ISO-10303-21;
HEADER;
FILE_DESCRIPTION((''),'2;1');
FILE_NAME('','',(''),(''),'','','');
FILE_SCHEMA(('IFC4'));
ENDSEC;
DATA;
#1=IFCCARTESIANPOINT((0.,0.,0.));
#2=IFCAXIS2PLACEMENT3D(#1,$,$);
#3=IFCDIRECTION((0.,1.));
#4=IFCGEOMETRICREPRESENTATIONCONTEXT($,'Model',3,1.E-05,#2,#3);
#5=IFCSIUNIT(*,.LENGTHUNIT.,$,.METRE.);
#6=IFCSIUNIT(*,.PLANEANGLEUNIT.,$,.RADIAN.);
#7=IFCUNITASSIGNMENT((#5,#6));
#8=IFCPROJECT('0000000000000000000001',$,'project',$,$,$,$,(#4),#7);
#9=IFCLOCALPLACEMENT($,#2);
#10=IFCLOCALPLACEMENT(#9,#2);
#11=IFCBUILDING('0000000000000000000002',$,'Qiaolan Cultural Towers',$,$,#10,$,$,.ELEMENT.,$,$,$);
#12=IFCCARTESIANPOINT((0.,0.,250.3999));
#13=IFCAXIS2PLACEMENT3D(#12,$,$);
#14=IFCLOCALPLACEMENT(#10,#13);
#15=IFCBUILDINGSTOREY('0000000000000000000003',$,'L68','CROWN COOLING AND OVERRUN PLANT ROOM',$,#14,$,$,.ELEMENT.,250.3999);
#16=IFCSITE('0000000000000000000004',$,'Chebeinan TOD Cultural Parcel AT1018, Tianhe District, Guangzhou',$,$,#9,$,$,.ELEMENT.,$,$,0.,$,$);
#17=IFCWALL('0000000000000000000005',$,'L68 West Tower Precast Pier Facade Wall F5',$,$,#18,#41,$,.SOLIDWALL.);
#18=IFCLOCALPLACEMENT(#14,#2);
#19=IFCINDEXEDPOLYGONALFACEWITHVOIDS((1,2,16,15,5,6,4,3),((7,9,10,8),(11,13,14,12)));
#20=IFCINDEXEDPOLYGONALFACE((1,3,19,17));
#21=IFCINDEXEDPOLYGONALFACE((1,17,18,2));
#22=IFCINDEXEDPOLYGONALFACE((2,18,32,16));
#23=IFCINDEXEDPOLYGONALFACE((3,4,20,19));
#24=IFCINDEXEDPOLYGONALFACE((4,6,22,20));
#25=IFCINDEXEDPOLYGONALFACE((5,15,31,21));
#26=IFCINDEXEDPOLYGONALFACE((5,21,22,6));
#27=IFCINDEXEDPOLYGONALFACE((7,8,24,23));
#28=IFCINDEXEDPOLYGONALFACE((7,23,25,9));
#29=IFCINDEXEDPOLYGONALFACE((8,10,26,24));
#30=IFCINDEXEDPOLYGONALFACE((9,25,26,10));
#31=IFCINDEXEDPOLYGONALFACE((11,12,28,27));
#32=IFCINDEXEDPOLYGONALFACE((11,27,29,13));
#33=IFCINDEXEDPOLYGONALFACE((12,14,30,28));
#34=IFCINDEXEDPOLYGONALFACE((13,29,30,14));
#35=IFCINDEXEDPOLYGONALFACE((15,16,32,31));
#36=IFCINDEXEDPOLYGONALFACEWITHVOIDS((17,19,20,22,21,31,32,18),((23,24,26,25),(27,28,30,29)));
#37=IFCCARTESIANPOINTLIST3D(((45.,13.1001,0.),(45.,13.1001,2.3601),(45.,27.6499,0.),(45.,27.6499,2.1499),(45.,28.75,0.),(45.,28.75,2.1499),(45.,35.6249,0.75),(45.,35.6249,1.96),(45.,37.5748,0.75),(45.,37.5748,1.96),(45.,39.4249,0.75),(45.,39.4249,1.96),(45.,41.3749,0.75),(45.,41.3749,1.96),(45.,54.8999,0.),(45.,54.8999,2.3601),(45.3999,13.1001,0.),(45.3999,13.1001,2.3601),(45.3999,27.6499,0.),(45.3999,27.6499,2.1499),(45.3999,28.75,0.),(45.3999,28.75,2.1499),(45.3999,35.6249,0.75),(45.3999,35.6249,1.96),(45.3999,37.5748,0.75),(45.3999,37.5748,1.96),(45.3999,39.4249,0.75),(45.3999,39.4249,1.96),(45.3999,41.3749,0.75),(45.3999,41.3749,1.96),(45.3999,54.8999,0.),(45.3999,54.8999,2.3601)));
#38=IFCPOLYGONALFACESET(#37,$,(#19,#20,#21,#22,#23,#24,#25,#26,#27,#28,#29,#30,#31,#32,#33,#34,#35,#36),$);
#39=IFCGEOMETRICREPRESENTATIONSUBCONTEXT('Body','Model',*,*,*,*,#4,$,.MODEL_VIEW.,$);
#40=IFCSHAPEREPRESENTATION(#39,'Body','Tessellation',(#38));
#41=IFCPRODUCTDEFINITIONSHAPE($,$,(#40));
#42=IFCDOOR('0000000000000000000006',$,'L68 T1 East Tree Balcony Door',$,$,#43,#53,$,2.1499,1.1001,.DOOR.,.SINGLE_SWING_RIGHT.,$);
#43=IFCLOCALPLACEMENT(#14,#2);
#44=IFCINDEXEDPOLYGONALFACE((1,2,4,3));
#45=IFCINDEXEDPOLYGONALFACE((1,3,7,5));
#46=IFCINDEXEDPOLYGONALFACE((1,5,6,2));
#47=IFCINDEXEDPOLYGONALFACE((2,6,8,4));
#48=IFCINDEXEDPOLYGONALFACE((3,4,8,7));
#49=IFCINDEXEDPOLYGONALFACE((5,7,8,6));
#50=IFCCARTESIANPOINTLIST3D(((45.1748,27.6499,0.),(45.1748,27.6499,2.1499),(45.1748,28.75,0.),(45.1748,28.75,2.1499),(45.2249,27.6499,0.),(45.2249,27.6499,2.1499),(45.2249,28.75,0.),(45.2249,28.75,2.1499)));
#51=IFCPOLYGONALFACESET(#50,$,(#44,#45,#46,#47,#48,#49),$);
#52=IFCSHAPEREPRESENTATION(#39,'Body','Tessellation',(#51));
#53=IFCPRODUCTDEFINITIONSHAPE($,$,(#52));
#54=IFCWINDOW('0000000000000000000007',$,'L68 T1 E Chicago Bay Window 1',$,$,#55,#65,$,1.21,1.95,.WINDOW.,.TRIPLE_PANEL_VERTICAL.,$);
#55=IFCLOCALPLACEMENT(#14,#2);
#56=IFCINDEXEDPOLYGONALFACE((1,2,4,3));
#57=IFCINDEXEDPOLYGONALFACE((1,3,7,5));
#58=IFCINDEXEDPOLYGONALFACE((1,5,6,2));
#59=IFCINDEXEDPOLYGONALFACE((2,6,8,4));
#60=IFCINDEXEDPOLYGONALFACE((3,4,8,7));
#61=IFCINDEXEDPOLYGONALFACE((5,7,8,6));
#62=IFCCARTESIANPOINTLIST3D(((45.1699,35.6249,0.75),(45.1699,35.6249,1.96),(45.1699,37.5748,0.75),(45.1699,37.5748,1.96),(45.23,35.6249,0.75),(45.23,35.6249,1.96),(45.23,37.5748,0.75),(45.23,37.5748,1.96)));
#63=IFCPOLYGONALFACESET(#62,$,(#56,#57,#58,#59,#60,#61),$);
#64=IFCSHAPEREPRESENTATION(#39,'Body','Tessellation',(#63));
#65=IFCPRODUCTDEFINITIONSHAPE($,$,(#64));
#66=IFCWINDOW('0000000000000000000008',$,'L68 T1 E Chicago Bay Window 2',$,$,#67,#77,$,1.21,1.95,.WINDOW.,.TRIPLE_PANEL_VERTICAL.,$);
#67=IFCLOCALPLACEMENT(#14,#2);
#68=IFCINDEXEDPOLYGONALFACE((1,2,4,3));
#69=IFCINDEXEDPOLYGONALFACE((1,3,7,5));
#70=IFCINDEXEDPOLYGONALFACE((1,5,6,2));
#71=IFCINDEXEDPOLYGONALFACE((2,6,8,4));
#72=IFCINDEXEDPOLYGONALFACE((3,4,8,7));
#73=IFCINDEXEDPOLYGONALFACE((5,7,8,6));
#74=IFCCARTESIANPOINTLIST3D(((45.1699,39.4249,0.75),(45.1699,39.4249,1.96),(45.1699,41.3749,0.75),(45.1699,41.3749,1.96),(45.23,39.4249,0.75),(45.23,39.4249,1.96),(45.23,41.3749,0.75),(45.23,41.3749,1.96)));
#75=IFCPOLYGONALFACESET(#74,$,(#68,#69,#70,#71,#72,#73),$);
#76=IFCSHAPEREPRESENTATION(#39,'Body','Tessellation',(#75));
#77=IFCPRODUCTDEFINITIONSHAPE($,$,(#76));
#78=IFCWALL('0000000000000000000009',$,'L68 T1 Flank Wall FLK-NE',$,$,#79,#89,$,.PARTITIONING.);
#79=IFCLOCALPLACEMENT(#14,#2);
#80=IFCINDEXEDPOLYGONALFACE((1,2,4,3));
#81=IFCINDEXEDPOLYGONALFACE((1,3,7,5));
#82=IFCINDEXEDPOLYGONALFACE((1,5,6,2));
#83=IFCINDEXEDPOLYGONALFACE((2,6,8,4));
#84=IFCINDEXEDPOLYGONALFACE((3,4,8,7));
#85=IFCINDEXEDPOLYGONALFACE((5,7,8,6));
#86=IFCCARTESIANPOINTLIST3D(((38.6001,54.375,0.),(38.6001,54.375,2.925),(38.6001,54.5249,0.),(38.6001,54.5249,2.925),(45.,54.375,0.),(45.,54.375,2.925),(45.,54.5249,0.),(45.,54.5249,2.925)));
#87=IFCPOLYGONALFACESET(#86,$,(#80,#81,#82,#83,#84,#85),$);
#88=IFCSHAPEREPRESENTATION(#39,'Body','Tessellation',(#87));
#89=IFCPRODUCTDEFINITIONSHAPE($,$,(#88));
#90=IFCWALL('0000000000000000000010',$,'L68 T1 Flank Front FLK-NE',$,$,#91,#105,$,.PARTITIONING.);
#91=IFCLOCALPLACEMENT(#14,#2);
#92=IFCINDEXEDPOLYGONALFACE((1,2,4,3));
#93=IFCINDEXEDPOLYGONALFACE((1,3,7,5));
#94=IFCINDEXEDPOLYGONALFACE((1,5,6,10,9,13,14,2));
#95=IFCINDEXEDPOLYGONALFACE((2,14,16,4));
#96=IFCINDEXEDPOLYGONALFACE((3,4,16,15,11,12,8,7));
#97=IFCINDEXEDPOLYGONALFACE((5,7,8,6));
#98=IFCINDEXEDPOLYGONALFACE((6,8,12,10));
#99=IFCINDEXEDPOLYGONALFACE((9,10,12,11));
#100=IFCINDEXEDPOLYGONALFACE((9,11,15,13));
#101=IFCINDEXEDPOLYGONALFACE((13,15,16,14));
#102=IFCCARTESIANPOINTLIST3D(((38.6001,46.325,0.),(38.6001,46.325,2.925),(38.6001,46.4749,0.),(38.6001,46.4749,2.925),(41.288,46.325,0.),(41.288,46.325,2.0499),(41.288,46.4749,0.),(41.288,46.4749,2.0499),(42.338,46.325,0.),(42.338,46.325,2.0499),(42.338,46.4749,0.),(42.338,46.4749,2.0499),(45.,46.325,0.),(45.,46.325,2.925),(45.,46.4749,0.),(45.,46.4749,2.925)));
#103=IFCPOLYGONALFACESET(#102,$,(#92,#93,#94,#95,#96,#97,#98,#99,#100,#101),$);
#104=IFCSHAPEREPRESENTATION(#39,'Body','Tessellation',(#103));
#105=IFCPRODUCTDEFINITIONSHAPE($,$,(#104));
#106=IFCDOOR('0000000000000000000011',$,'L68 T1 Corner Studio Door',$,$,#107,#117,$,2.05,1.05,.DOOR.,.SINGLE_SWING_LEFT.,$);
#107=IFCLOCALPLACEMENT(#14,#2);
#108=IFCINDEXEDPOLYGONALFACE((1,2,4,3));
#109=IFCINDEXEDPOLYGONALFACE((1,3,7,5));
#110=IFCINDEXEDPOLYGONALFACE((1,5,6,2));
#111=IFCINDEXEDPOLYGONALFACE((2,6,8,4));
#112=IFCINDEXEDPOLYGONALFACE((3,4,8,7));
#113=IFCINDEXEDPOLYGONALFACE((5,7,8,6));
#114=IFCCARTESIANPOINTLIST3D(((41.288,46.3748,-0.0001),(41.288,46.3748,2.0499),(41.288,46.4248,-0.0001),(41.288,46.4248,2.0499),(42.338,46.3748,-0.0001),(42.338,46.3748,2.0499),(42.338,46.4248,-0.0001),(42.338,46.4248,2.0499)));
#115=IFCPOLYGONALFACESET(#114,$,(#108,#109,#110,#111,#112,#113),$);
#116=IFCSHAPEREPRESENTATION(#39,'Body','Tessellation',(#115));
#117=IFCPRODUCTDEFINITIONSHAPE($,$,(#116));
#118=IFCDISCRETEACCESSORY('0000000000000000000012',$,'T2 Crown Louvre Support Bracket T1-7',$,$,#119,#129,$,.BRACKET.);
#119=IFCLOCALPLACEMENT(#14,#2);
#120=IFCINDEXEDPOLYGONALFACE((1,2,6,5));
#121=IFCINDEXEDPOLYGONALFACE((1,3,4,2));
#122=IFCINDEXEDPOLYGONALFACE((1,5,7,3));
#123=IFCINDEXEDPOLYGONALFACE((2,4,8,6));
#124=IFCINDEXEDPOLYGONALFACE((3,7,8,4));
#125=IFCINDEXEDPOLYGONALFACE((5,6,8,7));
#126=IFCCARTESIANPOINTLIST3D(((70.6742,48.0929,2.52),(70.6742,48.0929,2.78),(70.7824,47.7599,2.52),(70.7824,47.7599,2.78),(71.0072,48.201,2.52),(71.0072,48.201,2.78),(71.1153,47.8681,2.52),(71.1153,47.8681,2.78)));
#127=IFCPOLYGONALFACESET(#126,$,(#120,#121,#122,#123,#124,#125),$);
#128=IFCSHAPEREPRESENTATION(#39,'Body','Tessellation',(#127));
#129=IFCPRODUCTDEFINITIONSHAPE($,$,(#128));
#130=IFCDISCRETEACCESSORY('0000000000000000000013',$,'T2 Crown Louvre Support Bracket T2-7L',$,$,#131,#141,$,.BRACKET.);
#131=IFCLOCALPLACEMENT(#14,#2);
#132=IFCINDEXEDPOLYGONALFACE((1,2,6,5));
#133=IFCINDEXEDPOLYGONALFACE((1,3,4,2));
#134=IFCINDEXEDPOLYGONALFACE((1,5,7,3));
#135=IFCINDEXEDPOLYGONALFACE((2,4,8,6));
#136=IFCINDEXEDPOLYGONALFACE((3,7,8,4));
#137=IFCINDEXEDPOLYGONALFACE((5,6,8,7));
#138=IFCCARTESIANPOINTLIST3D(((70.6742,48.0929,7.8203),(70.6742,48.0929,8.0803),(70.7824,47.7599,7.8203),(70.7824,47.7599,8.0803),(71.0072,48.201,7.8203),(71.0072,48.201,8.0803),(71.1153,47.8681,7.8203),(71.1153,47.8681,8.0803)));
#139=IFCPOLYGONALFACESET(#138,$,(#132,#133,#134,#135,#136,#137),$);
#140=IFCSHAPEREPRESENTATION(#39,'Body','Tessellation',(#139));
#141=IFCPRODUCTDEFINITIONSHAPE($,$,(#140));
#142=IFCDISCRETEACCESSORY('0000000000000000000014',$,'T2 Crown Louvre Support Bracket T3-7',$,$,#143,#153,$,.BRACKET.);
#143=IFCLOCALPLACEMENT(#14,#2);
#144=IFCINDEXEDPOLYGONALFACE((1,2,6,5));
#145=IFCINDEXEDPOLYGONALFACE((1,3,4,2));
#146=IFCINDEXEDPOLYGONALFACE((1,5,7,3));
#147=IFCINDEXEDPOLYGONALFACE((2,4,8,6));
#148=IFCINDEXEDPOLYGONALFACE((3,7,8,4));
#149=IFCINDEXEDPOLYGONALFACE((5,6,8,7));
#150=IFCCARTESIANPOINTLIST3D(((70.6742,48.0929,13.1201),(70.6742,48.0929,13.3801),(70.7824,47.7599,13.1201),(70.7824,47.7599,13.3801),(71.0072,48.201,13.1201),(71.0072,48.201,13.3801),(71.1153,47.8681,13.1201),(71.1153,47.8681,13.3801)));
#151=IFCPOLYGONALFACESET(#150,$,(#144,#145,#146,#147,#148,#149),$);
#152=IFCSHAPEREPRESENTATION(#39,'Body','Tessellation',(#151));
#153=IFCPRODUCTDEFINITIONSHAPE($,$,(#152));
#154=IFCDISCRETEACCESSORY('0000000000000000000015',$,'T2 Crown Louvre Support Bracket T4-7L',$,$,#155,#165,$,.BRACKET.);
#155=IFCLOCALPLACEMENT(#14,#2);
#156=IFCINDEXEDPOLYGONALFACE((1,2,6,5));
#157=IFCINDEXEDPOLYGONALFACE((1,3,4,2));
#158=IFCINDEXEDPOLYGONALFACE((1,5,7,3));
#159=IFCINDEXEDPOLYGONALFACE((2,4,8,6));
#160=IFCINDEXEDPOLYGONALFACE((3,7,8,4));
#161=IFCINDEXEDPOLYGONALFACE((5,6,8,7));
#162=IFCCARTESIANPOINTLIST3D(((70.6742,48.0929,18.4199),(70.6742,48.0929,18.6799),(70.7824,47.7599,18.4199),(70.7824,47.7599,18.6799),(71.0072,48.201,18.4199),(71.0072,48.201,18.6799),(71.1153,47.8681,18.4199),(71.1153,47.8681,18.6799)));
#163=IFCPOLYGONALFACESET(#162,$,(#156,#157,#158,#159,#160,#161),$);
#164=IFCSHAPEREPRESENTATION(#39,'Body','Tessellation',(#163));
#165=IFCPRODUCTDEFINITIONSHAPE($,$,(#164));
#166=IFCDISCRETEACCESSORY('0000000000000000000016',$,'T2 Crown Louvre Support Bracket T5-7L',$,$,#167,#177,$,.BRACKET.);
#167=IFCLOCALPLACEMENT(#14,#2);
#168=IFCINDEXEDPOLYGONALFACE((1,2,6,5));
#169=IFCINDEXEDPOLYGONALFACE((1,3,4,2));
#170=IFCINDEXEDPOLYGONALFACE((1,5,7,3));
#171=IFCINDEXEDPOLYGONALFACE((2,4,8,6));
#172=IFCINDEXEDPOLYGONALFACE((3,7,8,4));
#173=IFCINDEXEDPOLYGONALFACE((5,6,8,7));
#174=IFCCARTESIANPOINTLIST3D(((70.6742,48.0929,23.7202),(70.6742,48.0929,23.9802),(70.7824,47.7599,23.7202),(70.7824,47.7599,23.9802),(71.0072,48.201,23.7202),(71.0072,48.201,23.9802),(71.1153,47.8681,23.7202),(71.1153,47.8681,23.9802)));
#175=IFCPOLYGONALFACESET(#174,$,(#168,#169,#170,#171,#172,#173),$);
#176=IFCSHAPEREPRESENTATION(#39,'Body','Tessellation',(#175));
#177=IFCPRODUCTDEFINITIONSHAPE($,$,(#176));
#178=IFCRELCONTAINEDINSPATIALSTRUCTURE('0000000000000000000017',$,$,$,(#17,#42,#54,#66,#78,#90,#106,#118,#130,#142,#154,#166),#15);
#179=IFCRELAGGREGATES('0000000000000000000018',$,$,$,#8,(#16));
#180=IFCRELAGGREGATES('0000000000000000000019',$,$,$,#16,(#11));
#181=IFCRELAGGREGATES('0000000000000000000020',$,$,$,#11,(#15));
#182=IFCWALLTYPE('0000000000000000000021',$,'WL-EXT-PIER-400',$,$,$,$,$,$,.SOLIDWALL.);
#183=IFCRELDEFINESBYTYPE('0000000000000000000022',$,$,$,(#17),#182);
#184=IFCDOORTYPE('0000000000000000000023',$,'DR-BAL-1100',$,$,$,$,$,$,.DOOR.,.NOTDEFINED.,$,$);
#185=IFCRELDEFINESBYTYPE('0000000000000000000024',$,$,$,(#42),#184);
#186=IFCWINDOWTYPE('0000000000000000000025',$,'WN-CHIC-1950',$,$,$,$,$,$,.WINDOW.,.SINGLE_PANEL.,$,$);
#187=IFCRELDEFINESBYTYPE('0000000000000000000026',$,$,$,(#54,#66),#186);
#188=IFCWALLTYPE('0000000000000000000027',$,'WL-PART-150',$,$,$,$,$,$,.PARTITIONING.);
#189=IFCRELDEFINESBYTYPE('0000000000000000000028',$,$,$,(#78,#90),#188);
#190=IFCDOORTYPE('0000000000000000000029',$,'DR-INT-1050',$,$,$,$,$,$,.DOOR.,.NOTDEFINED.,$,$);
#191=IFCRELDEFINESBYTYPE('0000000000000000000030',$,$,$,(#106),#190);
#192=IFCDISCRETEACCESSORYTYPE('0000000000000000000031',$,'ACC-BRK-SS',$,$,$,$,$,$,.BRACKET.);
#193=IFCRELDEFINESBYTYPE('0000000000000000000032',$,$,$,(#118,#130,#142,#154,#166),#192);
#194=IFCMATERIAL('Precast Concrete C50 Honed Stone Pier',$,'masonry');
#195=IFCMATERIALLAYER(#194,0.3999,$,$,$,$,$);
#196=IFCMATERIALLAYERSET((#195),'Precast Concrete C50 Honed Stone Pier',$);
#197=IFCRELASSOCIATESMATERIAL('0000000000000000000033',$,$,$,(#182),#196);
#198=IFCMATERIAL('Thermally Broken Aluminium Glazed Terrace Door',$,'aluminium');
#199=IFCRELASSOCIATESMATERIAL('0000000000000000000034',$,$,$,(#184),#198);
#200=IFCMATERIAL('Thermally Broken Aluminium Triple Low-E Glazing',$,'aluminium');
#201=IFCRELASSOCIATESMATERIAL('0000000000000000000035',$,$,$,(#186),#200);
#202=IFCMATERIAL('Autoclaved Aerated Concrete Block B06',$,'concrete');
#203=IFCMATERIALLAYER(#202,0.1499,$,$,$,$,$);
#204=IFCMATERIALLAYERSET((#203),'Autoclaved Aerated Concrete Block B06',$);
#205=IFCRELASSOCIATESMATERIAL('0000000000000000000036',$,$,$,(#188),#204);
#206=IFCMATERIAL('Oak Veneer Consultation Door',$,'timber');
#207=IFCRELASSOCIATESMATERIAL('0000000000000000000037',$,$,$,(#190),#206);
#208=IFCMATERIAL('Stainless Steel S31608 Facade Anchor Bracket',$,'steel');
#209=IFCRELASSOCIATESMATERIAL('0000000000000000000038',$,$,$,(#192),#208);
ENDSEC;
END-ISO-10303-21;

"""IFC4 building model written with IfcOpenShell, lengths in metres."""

from ifc_helpers import new_model, si_unit, direction, frame, frame_2d, origin, origin_2d, place, context, subcontext, project, spatial, rectangle, extrude, material, layer, layer_set, type_object, element, fill, save


model = new_model("IFC4")

# Units and contexts
model_context = context("Model", 3, precision=1e-05, world=origin(), true_north=direction((0.0, 1.0)))
body_context = subcontext(model_context, "Body", "Model", "MODEL_VIEW")
ifc_project = project(units=[si_unit("LENGTHUNIT", "METRE"), si_unit("PLANEANGLEUNIT", "RADIAN")], contexts=[model_context])

# Site, building, storey
site_placement = place(None, origin())
site = spatial("IfcSite", under=ifc_project, at=site_placement, Name="Chebeinan TOD Cultural Parcel AT1018, Tianhe District, Guangzhou", CompositionType="ELEMENT", RefElevation=0.0)
building_placement = place(site_placement, origin())
building = spatial("IfcBuilding", under=site, at=building_placement, Name="Qiaolan Cultural Towers", CompositionType="ELEMENT")
storey_placement = place(building_placement, frame((0.0, 0.0, 250.3999)))
storey = spatial("IfcBuildingStorey", under=building, at=storey_placement, Name="L68", Description="CROWN COOLING AND OVERRUN PLANT ROOM", CompositionType="ELEMENT", Elevation=250.3999)

# Shared definitions
ifc_material_1 = material(Name="Precast Concrete C50 Honed Stone Pier", Category="masonry")
ifc_layer_1 = layer(ifc_material_1, 0.3999)
ifc_layer_set_1 = layer_set([ifc_layer_1], Name="Precast Concrete C50 Honed Stone Pier")
wall_type_1 = type_object("IfcWallType", Name="WL-EXT-PIER-400", PredefinedType="SOLIDWALL", material=ifc_layer_set_1)

# Wall, openings, door, windows
wall_1_placement = place(storey_placement, frame((45.2, 54.8999, 0.0), z_axis=(0.0, 0.0, 1.0), x_axis=(0.0, -1.0, 0.0)))
wall_1 = element("IfcWall", 1, at=wall_1_placement, inside=storey, type_object=wall_type_1, Name="L68 West Tower Precast Pier Facade Wall F5", PredefinedType="SOLIDWALL", context=body_context, shape_type="SweptSolid", body=[
    extrude(rectangle(XDim=41.7998, YDim=0.3999, at=frame_2d((20.8999, 0.0))), origin(), (0.0, 0.0, 1.0), 2.3601),
])
opening_1_placement = place(wall_1_placement, frame((17.325, 0.0, 0.75)))
opening_1 = element("IfcOpeningElement", 2, at=opening_1_placement, cuts=wall_1, PredefinedType="OPENING", context=body_context, shape_type="SweptSolid", body=[
    extrude(rectangle(XDim=1.95, YDim=1.21, at=frame_2d((0.9751, 0.605))), frame((0.0, 0.21, 0.0), z_axis=(0.0, -1.0, 0.0), x_axis=(1.0, 0.0, 0.0)), (0.0, 0.0, 1.0), 0.4199),
])
opening_2_placement = place(wall_1_placement, frame((13.5249, 0.0, 0.75)))
opening_2 = element("IfcOpeningElement", 3, at=opening_2_placement, cuts=wall_1, PredefinedType="OPENING", context=body_context, shape_type="SweptSolid", body=[
    extrude(rectangle(XDim=1.95, YDim=1.21, at=frame_2d((0.9751, 0.605))), frame((0.0, 0.21, 0.0), z_axis=(0.0, -1.0, 0.0), x_axis=(1.0, 0.0, 0.0)), (0.0, 0.0, 1.0), 0.4199),
])
opening_3_placement = place(wall_1_placement, frame((26.1499, 0.0, 0.0)))
opening_3 = element("IfcOpeningElement", 4, at=opening_3_placement, cuts=wall_1, PredefinedType="OPENING", context=body_context, shape_type="SweptSolid", body=[
    extrude(rectangle(XDim=1.1001, YDim=2.1499, at=frame_2d((0.55, 1.075))), frame((0.0, 0.21, 0.0), z_axis=(0.0, -1.0, 0.0), x_axis=(1.0, 0.0, 0.0)), (0.0, 0.0, 1.0), 0.4199),
])
ifc_material_2 = material(Name="Thermally Broken Aluminium Glazed Terrace Door", Category="aluminium")
door_type_1 = type_object("IfcDoorType", Name="DR-BAL-1100", OperationType="NOTDEFINED", PredefinedType="DOOR", material=ifc_material_2)
door_1_placement = place(opening_3_placement, origin())
door_1 = element("IfcDoor", 5, at=door_1_placement, inside=storey, type_object=door_type_1, Name="L68 T1 East Tree Balcony Door", OperationType="SINGLE_SWING_RIGHT", OverallHeight=2.1499, OverallWidth=1.1001, PredefinedType="DOOR", context=body_context, shape_type="SweptSolid", body=[
    extrude(rectangle(XDim=1.1001, YDim=2.1499, at=frame_2d((0.55, 1.075))), frame((0.0, 0.0249, 0.0), z_axis=(0.0, -1.0, 0.0), x_axis=(1.0, 0.0, 0.0)), (0.0, 0.0, 1.0), 0.05),
])
fill(opening_3, door_1)
ifc_material_3 = material(Name="Thermally Broken Aluminium Triple Low-E Glazing", Category="aluminium")
window_type = type_object("IfcWindowType", Name="WN-CHIC-1950", PartitioningType="SINGLE_PANEL", PredefinedType="WINDOW", material=ifc_material_3)
window_1_placement = place(opening_1_placement, origin())
window_1 = element("IfcWindow", 6, at=window_1_placement, inside=storey, type_object=window_type, Name="L68 T1 E Chicago Bay Window 1", OverallHeight=1.21, OverallWidth=1.95, PartitioningType="TRIPLE_PANEL_VERTICAL", PredefinedType="WINDOW", context=body_context, shape_type="SweptSolid", body=[
    extrude(rectangle(XDim=1.95, YDim=1.21, at=frame_2d((0.9751, 0.605))), frame((0.0, 0.03, 0.0), z_axis=(0.0, -1.0, 0.0), x_axis=(1.0, 0.0, 0.0)), (0.0, 0.0, 1.0), 0.0601),
])
fill(opening_1, window_1)
window_2_placement = place(opening_2_placement, origin())
window_2 = element("IfcWindow", 7, at=window_2_placement, inside=storey, type_object=window_type, Name="L68 T1 E Chicago Bay Window 2", OverallHeight=1.21, OverallWidth=1.95, PartitioningType="TRIPLE_PANEL_VERTICAL", PredefinedType="WINDOW", context=body_context, shape_type="SweptSolid", body=[
    extrude(rectangle(XDim=1.95, YDim=1.21, at=frame_2d((0.9751, 0.605))), frame((0.0, 0.03, 0.0), z_axis=(0.0, -1.0, 0.0), x_axis=(1.0, 0.0, 0.0)), (0.0, 0.0, 1.0), 0.0601),
])
fill(opening_2, window_2)

# Wall
ifc_material_4 = material(Name="Autoclaved Aerated Concrete Block B06", Category="concrete")
ifc_layer_2 = layer(ifc_material_4, 0.1499)
ifc_layer_set_2 = layer_set([ifc_layer_2], Name="Autoclaved Aerated Concrete Block B06")
wall_type_2 = type_object("IfcWallType", Name="WL-PART-150", PredefinedType="PARTITIONING", material=ifc_layer_set_2)
wall_2_placement = place(storey_placement, frame((38.6001, 54.45, 0.0), z_axis=(0.0, 0.0, 1.0), x_axis=(1.0, 0.0, 0.0)))
element("IfcWall", 8, at=wall_2_placement, inside=storey, type_object=wall_type_2, Name="L68 T1 Flank Wall FLK-NE", PredefinedType="PARTITIONING", context=body_context, shape_type="SweptSolid", body=[
    extrude(rectangle(XDim=6.3999, YDim=0.1499, at=frame_2d((3.2, 0.0))), origin(), (0.0, 0.0, 1.0), 2.925),
])

# Wall, opening, door
wall_3_placement = place(storey_placement, frame((38.6001, 46.3999, 0.0), z_axis=(0.0, 0.0, 1.0), x_axis=(1.0, 0.0, 0.0)))
wall_3 = element("IfcWall", 9, at=wall_3_placement, inside=storey, type_object=wall_type_2, Name="L68 T1 Flank Front FLK-NE", PredefinedType="PARTITIONING", context=body_context, shape_type="SweptSolid", body=[
    extrude(rectangle(XDim=6.3999, YDim=0.1499, at=frame_2d((3.2, 0.0))), origin(), (0.0, 0.0, 1.0), 2.925),
])
opening_4_placement = place(wall_3_placement, frame((2.688, 0.0, 0.0)))
opening_4 = element("IfcOpeningElement", 10, at=opening_4_placement, cuts=wall_3, PredefinedType="OPENING", context=body_context, shape_type="SweptSolid", body=[
    extrude(rectangle(XDim=1.05, YDim=2.05, at=frame_2d((0.5249, 1.0249))), frame((0.0, 0.085, 0.0), z_axis=(0.0, -1.0, 0.0), x_axis=(1.0, 0.0, 0.0)), (0.0, 0.0, 1.0), 0.1699),
])
ifc_material_5 = material(Name="Oak Veneer Consultation Door", Category="timber")
door_type_2 = type_object("IfcDoorType", Name="DR-INT-1050", OperationType="NOTDEFINED", PredefinedType="DOOR", material=ifc_material_5)
door_2_placement = place(opening_4_placement, origin())
door_2 = element("IfcDoor", 11, at=door_2_placement, inside=storey, type_object=door_type_2, Name="L68 T1 Corner Studio Door", OperationType="SINGLE_SWING_LEFT", OverallHeight=2.05, OverallWidth=1.05, PredefinedType="DOOR", context=body_context, shape_type="SweptSolid", body=[
    extrude(rectangle(XDim=1.05, YDim=2.05, at=frame_2d((0.5249, 1.0249))), frame((0.0, 0.0249, 0.0), z_axis=(0.0, -1.0, 0.0), x_axis=(1.0, 0.0, 0.0)), (0.0, 0.0, 1.0), 0.05),
])
fill(opening_4, door_2)

# Discrete accessories
ifc_material_6 = material(Name="Stainless Steel S31608 Facade Anchor Bracket", Category="steel")
discrete_accessory_type = type_object("IfcDiscreteAccessoryType", Name="ACC-BRK-SS", PredefinedType="BRACKET", material=ifc_material_6)
for number, where, z_axis, x_axis, name in (
    (12, (70.8948, 47.9805, 2.52), (0.0, 0.0, 1.0), (0.309017, -0.951057, 0.0), "T2 Crown Louvre Support Bracket T1-7"),
    (13, (70.8948, 47.9805, 7.8203), (0.0, 0.0, 1.0), (0.309017, -0.951057, 0.0), "T2 Crown Louvre Support Bracket T2-7L"),
    (14, (70.8948, 47.9805, 13.1201), (0.0, 0.0, 1.0), (0.309017, -0.951057, 0.0), "T2 Crown Louvre Support Bracket T3-7"),
    (15, (70.8948, 47.9805, 18.4199), (0.0, 0.0, 1.0), (0.309017, -0.951057, 0.0), "T2 Crown Louvre Support Bracket T4-7L"),
    (16, (70.8948, 47.9805, 23.7202), (0.0, 0.0, 1.0), (0.309017, -0.951057, 0.0), "T2 Crown Louvre Support Bracket T5-7L"),
):
    element("IfcDiscreteAccessory", number, at=place(storey_placement, frame(where, z_axis=z_axis, x_axis=x_axis)), inside=storey, type_object=discrete_accessory_type, Name=name, PredefinedType="BRACKET", context=body_context, shape_type="SweptSolid", body=[
        extrude(rectangle(XDim=0.3501, YDim=0.3501, at=origin_2d()), origin(), (0.0, 0.0, 1.0), 0.26),
    ])

save(model, "model.ifc")
